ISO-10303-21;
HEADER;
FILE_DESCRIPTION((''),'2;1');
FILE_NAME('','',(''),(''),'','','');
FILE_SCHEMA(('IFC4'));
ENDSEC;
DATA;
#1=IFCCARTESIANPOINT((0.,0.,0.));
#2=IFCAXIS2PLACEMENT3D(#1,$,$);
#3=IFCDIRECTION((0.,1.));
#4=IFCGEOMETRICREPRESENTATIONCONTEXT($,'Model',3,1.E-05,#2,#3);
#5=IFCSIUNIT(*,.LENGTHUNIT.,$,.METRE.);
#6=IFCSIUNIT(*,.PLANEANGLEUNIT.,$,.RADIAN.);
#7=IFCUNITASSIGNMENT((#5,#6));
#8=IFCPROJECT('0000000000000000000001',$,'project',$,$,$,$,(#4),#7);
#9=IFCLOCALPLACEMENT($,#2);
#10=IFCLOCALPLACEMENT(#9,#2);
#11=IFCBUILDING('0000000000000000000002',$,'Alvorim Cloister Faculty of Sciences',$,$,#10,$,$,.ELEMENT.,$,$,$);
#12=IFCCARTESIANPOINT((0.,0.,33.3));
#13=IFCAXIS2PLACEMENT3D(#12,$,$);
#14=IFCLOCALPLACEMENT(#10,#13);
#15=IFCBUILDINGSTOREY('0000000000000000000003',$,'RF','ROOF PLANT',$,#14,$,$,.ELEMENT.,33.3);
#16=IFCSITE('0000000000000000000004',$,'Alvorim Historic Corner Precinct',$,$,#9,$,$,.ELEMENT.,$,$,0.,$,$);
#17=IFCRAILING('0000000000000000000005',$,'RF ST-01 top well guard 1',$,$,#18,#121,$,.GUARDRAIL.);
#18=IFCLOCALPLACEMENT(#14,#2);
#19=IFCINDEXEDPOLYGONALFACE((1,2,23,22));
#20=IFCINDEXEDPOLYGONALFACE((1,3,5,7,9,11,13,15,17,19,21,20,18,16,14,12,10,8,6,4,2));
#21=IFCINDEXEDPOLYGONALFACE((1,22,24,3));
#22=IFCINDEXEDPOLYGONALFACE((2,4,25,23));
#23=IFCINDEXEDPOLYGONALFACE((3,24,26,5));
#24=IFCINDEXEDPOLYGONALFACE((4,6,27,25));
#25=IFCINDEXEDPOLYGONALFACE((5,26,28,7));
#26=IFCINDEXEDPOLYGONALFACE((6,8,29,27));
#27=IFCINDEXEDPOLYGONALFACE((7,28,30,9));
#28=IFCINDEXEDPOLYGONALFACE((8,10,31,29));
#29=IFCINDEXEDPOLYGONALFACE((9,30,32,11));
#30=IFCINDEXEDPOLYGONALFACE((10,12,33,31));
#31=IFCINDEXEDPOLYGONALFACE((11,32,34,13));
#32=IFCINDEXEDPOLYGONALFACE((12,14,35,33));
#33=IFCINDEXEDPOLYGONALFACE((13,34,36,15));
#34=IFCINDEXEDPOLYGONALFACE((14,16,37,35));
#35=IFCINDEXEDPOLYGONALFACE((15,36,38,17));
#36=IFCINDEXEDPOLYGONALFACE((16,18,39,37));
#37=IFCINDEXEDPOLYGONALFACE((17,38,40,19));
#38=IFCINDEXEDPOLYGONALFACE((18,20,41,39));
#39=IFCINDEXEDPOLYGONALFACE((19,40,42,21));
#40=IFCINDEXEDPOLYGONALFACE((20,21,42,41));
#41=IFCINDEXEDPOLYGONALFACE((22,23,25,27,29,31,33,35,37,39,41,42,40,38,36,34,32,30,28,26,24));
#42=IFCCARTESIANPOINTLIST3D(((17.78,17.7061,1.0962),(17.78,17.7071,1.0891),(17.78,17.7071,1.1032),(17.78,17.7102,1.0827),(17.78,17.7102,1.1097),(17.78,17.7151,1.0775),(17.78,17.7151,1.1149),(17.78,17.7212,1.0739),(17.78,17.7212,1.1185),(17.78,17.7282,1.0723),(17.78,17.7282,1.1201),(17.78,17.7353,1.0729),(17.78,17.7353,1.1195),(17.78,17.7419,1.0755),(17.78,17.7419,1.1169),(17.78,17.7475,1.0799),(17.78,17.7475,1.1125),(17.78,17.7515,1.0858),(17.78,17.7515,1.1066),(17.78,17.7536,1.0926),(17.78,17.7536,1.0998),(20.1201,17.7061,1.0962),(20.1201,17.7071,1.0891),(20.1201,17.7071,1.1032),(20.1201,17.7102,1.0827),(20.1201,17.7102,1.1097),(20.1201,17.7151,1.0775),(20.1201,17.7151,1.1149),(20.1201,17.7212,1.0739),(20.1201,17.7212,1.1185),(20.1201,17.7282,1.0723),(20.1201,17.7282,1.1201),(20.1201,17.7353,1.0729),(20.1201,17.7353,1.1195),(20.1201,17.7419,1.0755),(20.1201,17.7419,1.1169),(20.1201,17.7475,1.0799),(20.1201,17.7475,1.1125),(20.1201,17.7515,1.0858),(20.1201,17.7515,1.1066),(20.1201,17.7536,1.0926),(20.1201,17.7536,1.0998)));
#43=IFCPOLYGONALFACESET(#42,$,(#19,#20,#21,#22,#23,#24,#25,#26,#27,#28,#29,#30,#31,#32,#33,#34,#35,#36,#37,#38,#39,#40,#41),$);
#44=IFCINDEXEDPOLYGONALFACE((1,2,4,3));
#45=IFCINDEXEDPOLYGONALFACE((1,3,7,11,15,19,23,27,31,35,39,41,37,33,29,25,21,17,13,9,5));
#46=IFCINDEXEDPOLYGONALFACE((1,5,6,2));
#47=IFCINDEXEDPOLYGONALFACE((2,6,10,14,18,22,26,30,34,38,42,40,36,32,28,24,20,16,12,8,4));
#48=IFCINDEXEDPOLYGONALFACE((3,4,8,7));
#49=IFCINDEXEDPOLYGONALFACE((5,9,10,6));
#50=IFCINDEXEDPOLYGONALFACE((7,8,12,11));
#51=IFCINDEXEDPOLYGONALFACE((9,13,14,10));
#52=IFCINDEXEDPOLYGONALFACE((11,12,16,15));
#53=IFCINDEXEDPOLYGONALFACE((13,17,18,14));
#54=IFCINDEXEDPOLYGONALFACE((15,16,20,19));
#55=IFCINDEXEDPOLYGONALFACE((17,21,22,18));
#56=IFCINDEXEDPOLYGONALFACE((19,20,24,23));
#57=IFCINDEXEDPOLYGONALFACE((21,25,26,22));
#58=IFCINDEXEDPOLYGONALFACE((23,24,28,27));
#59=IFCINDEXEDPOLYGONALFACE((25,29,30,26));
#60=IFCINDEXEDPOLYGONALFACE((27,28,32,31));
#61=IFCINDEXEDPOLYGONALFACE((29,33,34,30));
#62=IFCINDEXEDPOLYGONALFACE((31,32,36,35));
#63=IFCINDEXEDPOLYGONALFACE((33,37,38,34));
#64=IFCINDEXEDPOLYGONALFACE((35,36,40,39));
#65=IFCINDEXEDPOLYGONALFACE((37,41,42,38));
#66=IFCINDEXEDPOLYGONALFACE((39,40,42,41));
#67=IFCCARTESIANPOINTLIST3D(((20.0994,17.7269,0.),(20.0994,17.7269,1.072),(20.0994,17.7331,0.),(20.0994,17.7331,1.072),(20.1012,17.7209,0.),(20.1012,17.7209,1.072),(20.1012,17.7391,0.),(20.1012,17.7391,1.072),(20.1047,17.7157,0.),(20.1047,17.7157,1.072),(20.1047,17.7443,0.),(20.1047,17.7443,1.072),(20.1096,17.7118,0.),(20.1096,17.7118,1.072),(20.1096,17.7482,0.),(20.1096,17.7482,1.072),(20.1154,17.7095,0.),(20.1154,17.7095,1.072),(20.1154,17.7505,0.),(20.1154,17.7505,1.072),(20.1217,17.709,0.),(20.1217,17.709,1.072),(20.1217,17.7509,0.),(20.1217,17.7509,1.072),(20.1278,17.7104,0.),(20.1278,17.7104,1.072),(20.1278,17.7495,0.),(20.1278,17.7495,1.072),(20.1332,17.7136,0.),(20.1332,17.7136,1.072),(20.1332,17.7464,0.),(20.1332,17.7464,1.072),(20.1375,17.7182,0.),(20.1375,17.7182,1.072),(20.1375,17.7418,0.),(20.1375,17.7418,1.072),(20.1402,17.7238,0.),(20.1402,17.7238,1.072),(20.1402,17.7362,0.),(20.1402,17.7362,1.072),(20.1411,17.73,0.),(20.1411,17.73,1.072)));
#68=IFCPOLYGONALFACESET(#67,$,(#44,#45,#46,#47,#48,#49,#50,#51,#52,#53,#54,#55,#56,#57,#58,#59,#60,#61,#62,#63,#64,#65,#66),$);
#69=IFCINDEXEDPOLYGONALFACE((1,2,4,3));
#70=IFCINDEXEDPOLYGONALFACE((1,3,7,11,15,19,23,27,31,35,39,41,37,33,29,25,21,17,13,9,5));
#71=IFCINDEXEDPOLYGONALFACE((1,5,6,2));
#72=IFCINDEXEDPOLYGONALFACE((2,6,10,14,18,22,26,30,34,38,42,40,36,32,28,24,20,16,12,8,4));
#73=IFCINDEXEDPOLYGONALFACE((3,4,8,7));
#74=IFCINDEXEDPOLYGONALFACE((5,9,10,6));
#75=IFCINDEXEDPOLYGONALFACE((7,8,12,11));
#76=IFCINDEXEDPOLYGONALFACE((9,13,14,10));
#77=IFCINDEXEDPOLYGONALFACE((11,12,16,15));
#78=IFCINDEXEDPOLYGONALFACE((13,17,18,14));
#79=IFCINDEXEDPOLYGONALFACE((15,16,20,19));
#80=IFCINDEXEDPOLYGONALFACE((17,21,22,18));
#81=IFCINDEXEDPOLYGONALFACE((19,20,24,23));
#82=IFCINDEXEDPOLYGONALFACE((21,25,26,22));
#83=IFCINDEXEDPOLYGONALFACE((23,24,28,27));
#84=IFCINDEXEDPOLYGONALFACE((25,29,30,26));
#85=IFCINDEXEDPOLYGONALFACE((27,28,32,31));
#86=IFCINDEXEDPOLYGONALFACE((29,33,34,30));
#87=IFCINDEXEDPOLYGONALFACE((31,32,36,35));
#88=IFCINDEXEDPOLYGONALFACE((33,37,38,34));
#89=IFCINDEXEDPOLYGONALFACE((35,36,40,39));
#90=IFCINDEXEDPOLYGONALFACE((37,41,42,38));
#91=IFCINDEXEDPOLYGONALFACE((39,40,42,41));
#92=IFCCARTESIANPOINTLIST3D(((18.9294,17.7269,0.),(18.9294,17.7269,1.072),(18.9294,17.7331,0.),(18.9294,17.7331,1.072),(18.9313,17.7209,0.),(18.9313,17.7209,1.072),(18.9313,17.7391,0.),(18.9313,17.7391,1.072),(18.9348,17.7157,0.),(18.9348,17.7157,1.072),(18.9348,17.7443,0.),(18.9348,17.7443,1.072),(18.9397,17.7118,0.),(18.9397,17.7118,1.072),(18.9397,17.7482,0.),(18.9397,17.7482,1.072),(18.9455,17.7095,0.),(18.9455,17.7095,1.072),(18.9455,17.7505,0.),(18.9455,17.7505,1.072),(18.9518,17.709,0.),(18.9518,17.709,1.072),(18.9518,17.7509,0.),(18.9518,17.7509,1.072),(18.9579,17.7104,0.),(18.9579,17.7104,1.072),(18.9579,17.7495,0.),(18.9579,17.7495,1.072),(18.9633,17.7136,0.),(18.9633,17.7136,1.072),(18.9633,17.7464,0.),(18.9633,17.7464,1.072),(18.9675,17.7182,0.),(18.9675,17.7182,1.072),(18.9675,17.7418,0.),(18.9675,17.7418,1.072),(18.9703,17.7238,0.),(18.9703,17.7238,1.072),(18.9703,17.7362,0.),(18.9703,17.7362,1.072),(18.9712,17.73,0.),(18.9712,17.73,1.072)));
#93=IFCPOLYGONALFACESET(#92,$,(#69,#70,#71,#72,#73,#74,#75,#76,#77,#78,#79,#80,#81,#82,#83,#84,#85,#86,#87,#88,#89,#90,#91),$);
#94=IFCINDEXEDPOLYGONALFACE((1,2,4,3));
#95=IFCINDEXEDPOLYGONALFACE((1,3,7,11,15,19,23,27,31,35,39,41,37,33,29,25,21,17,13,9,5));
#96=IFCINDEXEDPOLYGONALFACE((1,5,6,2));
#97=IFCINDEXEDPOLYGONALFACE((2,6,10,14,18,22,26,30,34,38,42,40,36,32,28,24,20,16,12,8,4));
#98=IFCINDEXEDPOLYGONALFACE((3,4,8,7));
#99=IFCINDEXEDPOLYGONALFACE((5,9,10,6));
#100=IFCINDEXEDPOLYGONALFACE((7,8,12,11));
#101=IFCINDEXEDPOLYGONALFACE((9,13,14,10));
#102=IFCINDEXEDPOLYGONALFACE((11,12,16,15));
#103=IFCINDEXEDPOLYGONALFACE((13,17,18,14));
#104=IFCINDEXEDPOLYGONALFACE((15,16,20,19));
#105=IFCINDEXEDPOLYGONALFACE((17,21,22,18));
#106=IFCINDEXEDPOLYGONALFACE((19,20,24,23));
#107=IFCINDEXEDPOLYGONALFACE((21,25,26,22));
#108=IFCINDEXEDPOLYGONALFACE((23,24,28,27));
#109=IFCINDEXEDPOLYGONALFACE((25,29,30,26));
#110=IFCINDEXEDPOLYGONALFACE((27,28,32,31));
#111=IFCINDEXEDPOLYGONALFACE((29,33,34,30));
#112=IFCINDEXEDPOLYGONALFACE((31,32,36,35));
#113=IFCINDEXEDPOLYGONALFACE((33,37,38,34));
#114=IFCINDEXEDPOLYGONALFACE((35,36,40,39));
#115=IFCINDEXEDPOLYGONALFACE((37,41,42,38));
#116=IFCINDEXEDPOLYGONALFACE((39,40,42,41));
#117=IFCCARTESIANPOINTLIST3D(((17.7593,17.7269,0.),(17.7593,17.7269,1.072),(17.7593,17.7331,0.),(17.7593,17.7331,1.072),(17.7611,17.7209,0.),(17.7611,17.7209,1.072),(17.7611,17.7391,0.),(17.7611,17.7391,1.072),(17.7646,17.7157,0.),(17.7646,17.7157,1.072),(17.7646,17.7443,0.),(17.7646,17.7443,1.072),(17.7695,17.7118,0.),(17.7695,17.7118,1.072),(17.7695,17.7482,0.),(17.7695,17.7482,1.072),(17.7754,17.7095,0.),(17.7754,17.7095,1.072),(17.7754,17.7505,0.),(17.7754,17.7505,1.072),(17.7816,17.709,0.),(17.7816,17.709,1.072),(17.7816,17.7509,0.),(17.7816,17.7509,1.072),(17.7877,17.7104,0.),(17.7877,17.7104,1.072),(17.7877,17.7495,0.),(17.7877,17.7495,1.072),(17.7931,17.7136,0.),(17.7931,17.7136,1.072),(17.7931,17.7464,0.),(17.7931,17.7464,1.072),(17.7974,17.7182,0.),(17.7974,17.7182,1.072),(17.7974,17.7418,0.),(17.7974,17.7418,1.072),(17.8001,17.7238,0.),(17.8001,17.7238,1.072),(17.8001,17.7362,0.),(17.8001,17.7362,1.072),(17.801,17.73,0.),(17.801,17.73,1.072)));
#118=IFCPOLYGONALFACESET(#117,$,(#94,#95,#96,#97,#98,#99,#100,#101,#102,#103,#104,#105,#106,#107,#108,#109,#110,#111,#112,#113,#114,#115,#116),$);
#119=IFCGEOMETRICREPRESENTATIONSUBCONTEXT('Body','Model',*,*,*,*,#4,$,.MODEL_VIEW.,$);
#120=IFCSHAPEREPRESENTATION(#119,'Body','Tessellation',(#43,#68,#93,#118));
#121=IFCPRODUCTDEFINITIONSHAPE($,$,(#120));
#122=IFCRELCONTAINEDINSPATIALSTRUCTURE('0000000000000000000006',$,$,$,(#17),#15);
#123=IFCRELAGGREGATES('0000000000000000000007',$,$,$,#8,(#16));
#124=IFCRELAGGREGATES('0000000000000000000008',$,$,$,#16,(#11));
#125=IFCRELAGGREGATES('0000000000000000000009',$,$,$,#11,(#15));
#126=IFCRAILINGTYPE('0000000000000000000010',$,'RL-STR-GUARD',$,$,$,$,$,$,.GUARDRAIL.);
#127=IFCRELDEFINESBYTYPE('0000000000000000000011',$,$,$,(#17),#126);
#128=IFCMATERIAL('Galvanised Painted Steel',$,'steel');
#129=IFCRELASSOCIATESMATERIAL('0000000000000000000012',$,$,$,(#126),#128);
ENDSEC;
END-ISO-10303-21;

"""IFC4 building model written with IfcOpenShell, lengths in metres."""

from ifc_helpers import new_model, si_unit, direction, frame, origin, origin_2d, place, context, subcontext, project, spatial, circle, extrude, material, type_object, element, save


model = new_model("IFC4")

# Units and contexts
model_context = context("Model", 3, precision=1e-05, world=origin(), true_north=direction((0.0, 1.0)))
body_context = subcontext(model_context, "Body", "Model", "MODEL_VIEW")
ifc_project = project(units=[si_unit("LENGTHUNIT", "METRE"), si_unit("PLANEANGLEUNIT", "RADIAN")], contexts=[model_context])

# Site, building, storey
site_placement = place(None, origin())
site = spatial("IfcSite", under=ifc_project, at=site_placement, Name="Alvorim Historic Corner Precinct", CompositionType="ELEMENT", RefElevation=0.0)
building_placement = place(site_placement, origin())
building = spatial("IfcBuilding", under=site, at=building_placement, Name="Alvorim Cloister Faculty of Sciences", CompositionType="ELEMENT")
storey_placement = place(building_placement, frame((0.0, 0.0, 33.3)))
storey = spatial("IfcBuildingStorey", under=building, at=storey_placement, Name="RF", Description="ROOF PLANT", CompositionType="ELEMENT", Elevation=33.3)

# Railing
ifc_material_1 = material(Name="Galvanised Painted Steel", Category="steel")
railing_type = type_object("IfcRailingType", Name="RL-STR-GUARD", PredefinedType="GUARDRAIL", material=ifc_material_1)
railing_placement = place(storey_placement, frame((20.1201, 17.73, 0.0)))
element("IfcRailing", 1, at=railing_placement, inside=storey, type_object=railing_type, Name="RF ST-01 top well guard 1", PredefinedType="GUARDRAIL", context=body_context, shape_type="SweptSolid", body=[
    extrude(circle(Radius=0.0239, at=origin_2d()), frame((0.0, 0.0, 1.0962), z_axis=(-1.0, 0.0, 0.0), x_axis=(0.0, -1.0, 0.0)), (0.0, 0.0, 1.0), 2.3401),
    extrude(circle(Radius=0.021, at=origin_2d()), origin(), (0.0, 0.0, 1.0), 1.072),
    extrude(circle(Radius=0.021, at=origin_2d()), frame((-1.1699, 0.0, 0.0)), (0.0, 0.0, 1.0), 1.072),
    extrude(circle(Radius=0.021, at=origin_2d()), frame((-2.3401, 0.0, 0.0)), (0.0, 0.0, 1.0), 1.072),
])

save(model, "model.ifc")
